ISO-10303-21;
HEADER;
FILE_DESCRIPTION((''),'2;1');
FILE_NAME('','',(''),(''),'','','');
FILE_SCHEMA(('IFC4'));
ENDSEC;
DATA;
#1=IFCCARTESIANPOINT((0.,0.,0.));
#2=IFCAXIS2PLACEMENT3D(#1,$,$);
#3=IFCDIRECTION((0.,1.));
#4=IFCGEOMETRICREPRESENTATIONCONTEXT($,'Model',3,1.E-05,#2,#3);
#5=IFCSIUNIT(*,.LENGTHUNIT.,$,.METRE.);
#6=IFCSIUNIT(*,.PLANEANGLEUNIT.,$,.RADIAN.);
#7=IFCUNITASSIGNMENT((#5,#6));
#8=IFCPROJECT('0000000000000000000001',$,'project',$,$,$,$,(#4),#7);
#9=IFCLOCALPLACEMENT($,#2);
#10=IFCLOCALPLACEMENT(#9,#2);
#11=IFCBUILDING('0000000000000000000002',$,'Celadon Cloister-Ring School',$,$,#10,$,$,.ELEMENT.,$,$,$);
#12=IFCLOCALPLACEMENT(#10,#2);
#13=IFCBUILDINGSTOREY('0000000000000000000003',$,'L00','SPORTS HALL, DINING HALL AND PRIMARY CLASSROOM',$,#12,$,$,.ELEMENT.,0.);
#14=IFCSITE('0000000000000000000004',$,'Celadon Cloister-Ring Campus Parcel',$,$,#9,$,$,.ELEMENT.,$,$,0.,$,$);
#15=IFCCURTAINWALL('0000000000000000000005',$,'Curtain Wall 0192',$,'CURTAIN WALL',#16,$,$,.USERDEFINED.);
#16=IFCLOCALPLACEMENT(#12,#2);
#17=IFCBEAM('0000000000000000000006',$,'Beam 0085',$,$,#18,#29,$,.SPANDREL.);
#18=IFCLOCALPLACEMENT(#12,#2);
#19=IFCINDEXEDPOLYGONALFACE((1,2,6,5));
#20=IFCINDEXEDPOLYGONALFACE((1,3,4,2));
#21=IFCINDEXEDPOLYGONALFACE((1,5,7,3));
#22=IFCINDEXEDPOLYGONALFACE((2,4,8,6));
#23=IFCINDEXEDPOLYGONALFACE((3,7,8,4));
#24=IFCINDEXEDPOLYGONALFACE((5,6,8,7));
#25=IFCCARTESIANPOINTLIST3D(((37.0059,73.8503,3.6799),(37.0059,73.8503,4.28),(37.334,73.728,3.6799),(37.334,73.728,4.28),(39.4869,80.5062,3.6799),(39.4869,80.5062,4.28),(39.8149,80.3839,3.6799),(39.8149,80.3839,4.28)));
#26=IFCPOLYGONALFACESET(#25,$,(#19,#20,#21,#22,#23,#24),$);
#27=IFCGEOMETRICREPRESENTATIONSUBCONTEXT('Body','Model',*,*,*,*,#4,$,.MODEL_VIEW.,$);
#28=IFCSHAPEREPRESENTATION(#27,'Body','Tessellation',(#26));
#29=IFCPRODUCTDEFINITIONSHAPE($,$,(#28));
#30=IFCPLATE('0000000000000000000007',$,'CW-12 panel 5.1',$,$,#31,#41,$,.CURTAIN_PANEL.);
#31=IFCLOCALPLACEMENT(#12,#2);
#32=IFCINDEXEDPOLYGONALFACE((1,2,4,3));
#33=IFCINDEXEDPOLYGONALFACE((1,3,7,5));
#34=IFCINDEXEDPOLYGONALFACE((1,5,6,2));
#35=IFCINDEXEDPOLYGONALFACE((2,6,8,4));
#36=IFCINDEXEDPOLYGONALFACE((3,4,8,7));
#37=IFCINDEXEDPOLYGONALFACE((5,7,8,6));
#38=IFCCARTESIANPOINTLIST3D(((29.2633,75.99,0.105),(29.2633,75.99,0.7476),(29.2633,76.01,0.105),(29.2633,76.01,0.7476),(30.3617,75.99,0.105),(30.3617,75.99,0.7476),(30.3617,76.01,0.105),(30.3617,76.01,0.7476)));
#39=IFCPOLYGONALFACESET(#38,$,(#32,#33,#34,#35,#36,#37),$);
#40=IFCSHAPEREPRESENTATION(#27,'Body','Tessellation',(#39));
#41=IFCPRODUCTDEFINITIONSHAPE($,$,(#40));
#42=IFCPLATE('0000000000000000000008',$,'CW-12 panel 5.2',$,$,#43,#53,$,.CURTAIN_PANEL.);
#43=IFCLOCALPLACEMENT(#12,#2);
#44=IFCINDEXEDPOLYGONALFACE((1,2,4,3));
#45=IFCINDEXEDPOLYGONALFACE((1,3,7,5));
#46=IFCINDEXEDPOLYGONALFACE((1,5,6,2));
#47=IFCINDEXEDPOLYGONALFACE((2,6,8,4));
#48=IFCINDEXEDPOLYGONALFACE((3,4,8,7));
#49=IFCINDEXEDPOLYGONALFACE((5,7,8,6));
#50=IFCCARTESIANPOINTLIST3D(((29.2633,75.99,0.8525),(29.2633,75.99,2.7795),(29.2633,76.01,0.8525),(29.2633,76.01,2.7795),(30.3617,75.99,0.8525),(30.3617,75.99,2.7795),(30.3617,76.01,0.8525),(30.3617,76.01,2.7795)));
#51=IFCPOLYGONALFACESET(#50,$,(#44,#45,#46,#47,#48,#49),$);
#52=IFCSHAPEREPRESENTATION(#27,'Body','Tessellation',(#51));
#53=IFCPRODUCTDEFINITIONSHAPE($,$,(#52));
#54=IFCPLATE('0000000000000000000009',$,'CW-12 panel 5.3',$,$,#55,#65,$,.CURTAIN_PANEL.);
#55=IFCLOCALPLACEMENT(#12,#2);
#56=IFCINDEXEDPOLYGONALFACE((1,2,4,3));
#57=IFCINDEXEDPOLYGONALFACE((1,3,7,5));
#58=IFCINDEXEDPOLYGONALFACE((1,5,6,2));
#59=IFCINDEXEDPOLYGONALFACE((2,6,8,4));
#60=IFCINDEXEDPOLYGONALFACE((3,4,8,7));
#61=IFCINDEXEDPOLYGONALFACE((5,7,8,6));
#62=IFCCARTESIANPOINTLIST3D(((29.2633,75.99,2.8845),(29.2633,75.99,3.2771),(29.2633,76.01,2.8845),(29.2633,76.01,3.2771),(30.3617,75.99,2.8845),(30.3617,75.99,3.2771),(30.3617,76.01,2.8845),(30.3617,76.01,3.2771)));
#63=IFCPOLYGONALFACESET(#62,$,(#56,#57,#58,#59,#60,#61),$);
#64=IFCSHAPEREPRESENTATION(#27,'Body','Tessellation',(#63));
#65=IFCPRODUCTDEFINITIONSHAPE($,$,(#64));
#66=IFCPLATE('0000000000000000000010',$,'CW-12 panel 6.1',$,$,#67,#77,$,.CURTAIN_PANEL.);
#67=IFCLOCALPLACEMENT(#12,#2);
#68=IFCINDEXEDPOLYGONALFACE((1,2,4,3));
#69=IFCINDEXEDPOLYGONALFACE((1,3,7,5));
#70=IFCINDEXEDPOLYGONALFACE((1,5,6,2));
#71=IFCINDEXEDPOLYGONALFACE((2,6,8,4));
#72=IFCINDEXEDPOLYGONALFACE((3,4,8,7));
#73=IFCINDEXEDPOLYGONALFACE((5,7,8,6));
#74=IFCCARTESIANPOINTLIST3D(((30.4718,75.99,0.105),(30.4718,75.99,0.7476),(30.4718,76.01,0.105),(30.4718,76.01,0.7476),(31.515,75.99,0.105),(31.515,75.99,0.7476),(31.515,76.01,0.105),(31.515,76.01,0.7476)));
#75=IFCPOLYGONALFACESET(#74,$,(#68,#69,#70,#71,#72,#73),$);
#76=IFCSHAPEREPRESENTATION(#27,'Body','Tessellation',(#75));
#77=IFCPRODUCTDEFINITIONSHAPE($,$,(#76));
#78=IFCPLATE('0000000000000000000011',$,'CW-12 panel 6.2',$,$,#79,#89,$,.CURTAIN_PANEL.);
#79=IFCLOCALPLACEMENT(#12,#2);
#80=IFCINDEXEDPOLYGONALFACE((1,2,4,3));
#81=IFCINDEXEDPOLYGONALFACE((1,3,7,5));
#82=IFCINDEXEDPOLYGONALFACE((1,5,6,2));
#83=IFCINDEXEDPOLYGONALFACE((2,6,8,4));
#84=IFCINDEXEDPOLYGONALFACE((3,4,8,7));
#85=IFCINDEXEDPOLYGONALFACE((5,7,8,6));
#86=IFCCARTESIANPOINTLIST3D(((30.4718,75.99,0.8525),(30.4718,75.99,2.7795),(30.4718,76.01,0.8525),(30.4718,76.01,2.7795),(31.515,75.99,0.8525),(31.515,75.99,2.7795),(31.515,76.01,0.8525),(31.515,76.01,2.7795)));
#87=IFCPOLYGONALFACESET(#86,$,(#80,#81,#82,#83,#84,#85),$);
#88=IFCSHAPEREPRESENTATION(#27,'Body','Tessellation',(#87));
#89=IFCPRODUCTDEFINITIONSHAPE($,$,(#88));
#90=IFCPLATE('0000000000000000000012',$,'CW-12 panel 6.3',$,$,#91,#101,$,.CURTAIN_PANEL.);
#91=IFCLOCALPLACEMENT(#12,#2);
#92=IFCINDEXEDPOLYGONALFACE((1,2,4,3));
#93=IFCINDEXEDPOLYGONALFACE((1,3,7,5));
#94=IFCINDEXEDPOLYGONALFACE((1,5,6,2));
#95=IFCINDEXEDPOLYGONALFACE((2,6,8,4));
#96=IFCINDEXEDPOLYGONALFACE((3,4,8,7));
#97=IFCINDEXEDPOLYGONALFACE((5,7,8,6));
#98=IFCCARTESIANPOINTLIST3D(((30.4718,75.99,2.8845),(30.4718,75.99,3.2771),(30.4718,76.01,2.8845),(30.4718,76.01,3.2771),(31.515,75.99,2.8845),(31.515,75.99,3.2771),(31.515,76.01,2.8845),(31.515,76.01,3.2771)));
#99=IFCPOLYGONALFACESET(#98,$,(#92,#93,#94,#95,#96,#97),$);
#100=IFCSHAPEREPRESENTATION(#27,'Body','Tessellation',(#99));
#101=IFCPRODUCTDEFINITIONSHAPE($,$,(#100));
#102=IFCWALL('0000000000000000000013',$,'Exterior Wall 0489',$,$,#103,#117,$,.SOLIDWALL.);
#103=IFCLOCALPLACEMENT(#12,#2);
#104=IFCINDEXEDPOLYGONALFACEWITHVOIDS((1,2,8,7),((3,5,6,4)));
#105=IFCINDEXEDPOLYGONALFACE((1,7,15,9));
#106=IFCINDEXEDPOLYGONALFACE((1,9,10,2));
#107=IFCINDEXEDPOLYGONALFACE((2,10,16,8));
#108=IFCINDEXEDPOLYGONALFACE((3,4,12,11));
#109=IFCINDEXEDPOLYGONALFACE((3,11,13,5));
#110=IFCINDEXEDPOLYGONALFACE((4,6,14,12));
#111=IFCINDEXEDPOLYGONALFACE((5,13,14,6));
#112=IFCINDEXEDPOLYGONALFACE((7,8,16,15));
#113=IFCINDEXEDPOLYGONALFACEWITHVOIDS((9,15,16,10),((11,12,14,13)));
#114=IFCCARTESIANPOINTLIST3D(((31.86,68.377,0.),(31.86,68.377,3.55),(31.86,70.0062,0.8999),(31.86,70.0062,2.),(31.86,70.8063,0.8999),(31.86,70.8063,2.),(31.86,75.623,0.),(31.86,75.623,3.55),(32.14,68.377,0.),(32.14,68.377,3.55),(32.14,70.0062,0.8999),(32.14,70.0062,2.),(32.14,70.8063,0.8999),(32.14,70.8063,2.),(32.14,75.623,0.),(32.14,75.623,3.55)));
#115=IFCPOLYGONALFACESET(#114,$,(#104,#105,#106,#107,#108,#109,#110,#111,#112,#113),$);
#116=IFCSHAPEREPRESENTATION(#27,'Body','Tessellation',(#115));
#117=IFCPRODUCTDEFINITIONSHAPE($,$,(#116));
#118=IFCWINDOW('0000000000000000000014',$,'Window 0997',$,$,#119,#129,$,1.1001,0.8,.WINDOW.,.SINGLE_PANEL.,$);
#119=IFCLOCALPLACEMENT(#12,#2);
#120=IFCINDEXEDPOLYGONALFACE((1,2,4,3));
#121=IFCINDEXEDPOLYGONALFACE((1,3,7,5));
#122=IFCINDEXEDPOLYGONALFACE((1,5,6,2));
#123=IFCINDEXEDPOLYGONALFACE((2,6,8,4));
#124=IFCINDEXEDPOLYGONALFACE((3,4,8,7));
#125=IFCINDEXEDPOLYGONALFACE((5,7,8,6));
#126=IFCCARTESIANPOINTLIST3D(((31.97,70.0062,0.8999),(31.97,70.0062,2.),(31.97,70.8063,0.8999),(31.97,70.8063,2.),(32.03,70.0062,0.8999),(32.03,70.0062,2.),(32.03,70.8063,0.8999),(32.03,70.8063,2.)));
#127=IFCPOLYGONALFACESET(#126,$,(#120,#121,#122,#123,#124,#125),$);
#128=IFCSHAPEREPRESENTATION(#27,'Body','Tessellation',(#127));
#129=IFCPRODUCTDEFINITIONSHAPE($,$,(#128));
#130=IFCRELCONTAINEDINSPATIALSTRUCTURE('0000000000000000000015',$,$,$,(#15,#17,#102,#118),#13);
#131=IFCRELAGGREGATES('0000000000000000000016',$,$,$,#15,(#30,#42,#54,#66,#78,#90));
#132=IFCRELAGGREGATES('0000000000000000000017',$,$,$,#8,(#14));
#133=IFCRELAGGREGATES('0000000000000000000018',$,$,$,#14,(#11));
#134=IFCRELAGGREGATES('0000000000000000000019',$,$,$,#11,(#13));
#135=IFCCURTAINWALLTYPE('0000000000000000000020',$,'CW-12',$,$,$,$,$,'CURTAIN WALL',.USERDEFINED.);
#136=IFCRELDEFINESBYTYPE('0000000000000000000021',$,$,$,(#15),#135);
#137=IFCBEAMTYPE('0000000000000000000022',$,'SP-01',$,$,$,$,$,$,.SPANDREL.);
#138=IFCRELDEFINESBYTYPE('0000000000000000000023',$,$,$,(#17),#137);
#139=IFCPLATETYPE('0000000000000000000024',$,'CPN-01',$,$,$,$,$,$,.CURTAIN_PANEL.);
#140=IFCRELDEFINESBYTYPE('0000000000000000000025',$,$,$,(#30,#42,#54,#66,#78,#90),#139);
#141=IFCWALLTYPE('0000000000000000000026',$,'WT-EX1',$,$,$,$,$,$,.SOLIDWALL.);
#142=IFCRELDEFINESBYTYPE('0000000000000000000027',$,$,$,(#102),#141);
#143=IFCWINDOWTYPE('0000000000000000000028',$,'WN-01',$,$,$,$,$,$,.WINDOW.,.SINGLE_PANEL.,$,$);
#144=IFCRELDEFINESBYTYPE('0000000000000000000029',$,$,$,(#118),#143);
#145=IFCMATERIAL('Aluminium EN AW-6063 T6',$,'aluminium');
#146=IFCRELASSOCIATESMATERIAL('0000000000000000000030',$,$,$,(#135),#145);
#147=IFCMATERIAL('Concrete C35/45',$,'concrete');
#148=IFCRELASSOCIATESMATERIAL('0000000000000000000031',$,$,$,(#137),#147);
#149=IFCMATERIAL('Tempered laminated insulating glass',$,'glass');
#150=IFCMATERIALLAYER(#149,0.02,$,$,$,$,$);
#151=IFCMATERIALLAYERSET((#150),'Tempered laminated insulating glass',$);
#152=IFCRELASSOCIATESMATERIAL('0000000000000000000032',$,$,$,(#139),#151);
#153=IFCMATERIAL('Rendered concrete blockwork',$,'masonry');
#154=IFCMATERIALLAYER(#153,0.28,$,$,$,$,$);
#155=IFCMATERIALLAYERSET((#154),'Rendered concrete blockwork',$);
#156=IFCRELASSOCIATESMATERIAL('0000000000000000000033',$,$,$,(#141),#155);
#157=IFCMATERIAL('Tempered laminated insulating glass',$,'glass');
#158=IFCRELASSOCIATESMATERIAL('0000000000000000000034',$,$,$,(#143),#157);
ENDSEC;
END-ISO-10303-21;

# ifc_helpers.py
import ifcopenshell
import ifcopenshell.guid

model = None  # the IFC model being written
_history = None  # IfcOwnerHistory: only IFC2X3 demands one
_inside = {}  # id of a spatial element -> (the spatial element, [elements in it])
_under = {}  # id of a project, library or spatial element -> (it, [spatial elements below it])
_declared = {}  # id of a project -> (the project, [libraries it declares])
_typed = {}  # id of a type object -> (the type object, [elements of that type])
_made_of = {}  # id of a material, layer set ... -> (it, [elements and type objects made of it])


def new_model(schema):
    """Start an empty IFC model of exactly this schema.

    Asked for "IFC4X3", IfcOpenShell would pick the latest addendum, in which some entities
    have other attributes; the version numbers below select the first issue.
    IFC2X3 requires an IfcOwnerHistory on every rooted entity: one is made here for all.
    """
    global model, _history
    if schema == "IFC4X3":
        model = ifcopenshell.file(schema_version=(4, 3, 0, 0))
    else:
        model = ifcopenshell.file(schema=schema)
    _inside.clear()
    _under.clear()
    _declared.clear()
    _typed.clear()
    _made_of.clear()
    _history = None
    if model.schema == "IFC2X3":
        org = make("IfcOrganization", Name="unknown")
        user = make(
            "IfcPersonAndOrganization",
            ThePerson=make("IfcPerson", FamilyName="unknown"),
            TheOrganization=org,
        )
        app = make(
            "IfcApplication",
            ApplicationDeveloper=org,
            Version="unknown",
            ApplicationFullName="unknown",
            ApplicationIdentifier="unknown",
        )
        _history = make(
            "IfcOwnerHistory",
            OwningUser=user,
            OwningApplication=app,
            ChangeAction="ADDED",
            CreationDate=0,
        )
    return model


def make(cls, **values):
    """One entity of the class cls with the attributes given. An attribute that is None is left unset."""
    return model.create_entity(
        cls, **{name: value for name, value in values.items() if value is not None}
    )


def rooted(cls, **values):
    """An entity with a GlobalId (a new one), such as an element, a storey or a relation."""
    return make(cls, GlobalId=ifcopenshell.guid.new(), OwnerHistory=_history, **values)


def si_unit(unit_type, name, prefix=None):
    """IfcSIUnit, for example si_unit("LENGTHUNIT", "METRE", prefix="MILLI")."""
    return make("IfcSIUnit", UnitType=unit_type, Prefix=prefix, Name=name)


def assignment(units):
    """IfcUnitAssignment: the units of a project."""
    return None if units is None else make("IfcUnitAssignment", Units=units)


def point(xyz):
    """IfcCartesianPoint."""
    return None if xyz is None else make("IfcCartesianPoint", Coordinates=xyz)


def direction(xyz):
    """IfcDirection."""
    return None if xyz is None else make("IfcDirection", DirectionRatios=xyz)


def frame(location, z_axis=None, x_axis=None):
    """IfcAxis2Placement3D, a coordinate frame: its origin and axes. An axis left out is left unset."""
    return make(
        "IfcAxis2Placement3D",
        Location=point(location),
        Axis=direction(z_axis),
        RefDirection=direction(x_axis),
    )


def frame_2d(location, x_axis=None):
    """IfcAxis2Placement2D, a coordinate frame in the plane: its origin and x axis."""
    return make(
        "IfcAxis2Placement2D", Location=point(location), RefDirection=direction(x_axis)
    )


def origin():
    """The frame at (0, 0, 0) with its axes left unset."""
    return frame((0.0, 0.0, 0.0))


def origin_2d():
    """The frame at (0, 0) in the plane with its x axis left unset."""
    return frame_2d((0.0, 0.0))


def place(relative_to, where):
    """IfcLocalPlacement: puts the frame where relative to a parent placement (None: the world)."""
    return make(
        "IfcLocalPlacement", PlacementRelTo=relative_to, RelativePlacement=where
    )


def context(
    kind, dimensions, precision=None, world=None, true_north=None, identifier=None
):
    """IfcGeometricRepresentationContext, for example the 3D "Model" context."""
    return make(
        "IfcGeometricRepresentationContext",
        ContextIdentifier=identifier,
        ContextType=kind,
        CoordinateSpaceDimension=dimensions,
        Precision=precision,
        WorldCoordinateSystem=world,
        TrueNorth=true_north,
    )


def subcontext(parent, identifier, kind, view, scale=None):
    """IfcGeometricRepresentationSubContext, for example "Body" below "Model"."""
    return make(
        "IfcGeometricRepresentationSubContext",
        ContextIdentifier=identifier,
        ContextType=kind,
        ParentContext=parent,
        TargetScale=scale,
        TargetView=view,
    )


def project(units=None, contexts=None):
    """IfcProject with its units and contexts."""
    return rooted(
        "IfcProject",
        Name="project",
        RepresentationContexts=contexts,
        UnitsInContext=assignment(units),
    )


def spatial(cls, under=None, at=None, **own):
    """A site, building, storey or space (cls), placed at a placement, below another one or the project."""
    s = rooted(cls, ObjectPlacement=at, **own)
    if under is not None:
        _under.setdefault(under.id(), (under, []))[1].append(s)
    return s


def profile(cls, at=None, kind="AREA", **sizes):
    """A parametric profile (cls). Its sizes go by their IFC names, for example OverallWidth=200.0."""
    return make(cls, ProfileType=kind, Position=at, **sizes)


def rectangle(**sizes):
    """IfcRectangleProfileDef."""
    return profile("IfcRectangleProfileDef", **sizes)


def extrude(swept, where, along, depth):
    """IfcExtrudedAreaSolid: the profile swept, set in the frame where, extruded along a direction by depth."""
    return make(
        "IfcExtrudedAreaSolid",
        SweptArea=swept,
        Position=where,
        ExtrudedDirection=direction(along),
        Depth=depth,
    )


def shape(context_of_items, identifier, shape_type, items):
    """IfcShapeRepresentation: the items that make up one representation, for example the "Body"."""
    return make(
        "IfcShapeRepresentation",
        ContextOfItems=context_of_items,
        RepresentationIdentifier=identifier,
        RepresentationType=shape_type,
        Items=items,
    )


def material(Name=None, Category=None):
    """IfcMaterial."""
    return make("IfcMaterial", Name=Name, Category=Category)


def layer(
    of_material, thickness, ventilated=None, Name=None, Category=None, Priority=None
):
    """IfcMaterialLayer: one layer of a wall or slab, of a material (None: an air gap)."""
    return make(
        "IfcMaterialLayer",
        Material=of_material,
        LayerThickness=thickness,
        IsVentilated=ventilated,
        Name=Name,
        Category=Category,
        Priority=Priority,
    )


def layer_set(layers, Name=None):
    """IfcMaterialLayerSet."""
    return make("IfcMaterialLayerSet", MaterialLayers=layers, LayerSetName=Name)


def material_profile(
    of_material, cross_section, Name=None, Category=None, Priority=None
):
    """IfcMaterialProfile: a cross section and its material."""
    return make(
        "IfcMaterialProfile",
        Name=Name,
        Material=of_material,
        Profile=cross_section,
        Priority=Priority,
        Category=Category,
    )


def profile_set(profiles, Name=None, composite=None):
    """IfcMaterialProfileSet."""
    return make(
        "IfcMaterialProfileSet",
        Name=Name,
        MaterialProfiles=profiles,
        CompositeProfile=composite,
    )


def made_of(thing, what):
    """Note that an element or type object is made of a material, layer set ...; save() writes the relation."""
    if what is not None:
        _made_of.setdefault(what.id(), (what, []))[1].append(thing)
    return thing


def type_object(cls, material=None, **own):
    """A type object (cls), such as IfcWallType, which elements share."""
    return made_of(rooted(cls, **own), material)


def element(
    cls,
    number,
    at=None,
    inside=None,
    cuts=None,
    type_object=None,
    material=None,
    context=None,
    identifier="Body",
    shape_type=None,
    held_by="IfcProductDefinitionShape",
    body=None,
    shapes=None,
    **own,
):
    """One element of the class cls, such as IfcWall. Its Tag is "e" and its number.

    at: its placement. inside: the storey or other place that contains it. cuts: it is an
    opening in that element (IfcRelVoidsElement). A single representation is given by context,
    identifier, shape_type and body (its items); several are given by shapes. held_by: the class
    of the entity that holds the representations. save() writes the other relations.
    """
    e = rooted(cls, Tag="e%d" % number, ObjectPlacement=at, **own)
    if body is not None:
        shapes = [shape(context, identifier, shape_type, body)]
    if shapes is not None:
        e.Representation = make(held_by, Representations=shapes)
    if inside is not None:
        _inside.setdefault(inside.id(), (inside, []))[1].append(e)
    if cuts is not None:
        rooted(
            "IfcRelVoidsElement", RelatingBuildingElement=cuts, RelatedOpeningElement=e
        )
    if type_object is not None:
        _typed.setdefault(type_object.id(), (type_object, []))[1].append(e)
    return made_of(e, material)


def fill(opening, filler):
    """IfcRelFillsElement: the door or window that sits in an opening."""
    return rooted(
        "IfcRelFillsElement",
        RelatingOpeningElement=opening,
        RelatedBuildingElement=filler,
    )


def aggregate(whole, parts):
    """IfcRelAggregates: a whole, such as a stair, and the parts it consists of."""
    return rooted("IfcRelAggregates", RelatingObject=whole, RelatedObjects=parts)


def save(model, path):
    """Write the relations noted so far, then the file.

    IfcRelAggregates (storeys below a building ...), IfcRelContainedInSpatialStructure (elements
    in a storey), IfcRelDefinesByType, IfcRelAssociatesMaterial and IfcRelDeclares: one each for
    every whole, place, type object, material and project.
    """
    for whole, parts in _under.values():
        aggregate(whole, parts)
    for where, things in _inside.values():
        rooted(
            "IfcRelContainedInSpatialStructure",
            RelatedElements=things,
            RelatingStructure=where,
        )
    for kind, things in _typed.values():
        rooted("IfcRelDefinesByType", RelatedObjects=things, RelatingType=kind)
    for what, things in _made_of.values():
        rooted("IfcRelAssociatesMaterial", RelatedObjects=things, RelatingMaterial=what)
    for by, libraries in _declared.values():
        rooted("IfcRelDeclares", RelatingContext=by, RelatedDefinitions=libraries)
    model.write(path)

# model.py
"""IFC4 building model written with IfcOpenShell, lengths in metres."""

from ifc_helpers import new_model, si_unit, direction, frame, frame_2d, origin, origin_2d, place, context, subcontext, project, spatial, rectangle, extrude, material, layer, layer_set, material_profile, profile_set, type_object, element, fill, aggregate, save


model = new_model("IFC4")

# Units and contexts
model_context = context("Model", 3, precision=1e-05, world=origin(), true_north=direction((0.0, 1.0)))
body_context = subcontext(model_context, "Body", "Model", "MODEL_VIEW")
ifc_project = project(units=[si_unit("LENGTHUNIT", "METRE"), si_unit("PLANEANGLEUNIT", "RADIAN")], contexts=[model_context])

# Site, building, storey
site_placement = place(None, origin())
site = spatial("IfcSite", under=ifc_project, at=site_placement, Name="Celadon Cloister-Ring Campus Parcel", CompositionType="ELEMENT", RefElevation=0.0)
building_placement = place(site_placement, origin())
building = spatial("IfcBuilding", under=site, at=building_placement, Name="Celadon Cloister-Ring School", CompositionType="ELEMENT")
storey_placement = place(building_placement, origin())
storey = spatial("IfcBuildingStorey", under=building, at=storey_placement, Name="L00", Description="SPORTS HALL, DINING HALL AND PRIMARY CLASSROOM", CompositionType="ELEMENT", Elevation=0.0)

# Curtain wall
ifc_material_1 = material(Name="Aluminium EN AW-6063 T6", Category="aluminium")
curtain_wall_type = type_object("IfcCurtainWallType", Name="CW-12", ElementType="CURTAIN WALL", PredefinedType="USERDEFINED", material=ifc_material_1)
curtain_wall_placement = place(storey_placement, origin())
curtain_wall = element("IfcCurtainWall", 1, at=curtain_wall_placement, inside=storey, type_object=curtain_wall_type, Name="Curtain Wall 0192", ObjectType="CURTAIN WALL", PredefinedType="USERDEFINED")

# Beam
ifc_material_2 = material(Name="Concrete C35/45", Category="concrete")
ifc_material_profile_1 = material_profile(ifc_material_2, rectangle(XDim=0.3501, YDim=0.6001, at=origin_2d()), Name="RC350X600")
ifc_profile_set_1 = profile_set([ifc_material_profile_1], Name="Concrete C35/45")
beam_type_1 = type_object("IfcBeamType", Name="SP-01", PredefinedType="SPANDREL", material=ifc_profile_set_1)
beam_1_placement = place(storey_placement, frame((39.6509, 80.4451, 3.98), z_axis=(-0.349266, -0.937024, 0.0), x_axis=(0.937024, -0.349266, 0.0)))
element("IfcBeam", 2, at=beam_1_placement, inside=storey, type_object=beam_type_1, Name="Beam 0085", PredefinedType="SPANDREL", context=body_context, shape_type="SweptSolid", body=[
    extrude(rectangle(XDim=0.3501, YDim=0.6001, at=origin_2d()), origin(), (0.0, 0.0, 1.0), 7.1033),
])

# Plates
ifc_material_3 = material(Name="Tempered laminated insulating glass", Category="glass")
ifc_layer_1 = layer(ifc_material_3, 0.02)
ifc_layer_set_1 = layer_set([ifc_layer_1], Name="Tempered laminated insulating glass")
plate_type = type_object("IfcPlateType", Name="CPN-01", PredefinedType="CURTAIN_PANEL", material=ifc_layer_set_1)
plate_1_placement = place(storey_placement, frame((29.8125, 76.0, 0.105), z_axis=(0.0, 0.0, 1.0), x_axis=(1.0, 0.0, 0.0)))
plate_1 = element("IfcPlate", 3, at=plate_1_placement, type_object=plate_type, Name="CW-12 panel 5.1", PredefinedType="CURTAIN_PANEL", context=body_context, shape_type="SweptSolid", body=[
    extrude(rectangle(XDim=1.0984, YDim=0.02, at=origin_2d()), origin(), (0.0, 0.0, 1.0), 0.6426),
])
plate_2_placement = place(storey_placement, frame((29.8125, 76.0, 0.8525), z_axis=(0.0, 0.0, 1.0), x_axis=(1.0, 0.0, 0.0)))
plate_2 = element("IfcPlate", 4, at=plate_2_placement, type_object=plate_type, Name="CW-12 panel 5.2", PredefinedType="CURTAIN_PANEL", context=body_context, shape_type="SweptSolid", body=[
    extrude(rectangle(XDim=1.0984, YDim=0.02, at=origin_2d()), origin(), (0.0, 0.0, 1.0), 1.927),
])
plate_3_placement = place(storey_placement, frame((29.8125, 76.0, 2.8845), z_axis=(0.0, 0.0, 1.0), x_axis=(1.0, 0.0, 0.0)))
plate_3 = element("IfcPlate", 5, at=plate_3_placement, type_object=plate_type, Name="CW-12 panel 5.3", PredefinedType="CURTAIN_PANEL", context=body_context, shape_type="SweptSolid", body=[
    extrude(rectangle(XDim=1.0984, YDim=0.02, at=origin_2d()), origin(), (0.0, 0.0, 1.0), 0.3926),
])
plate_4_placement = place(storey_placement, frame((30.9934, 76.0, 0.105), z_axis=(0.0, 0.0, 1.0), x_axis=(1.0, 0.0, 0.0)))
plate_4 = element("IfcPlate", 6, at=plate_4_placement, type_object=plate_type, Name="CW-12 panel 6.1", PredefinedType="CURTAIN_PANEL", context=body_context, shape_type="SweptSolid", body=[
    extrude(rectangle(XDim=1.0432, YDim=0.02, at=origin_2d()), origin(), (0.0, 0.0, 1.0), 0.6426),
])
plate_5_placement = place(storey_placement, frame((30.9934, 76.0, 0.8525), z_axis=(0.0, 0.0, 1.0), x_axis=(1.0, 0.0, 0.0)))
plate_5 = element("IfcPlate", 7, at=plate_5_placement, type_object=plate_type, Name="CW-12 panel 6.2", PredefinedType="CURTAIN_PANEL", context=body_context, shape_type="SweptSolid", body=[
    extrude(rectangle(XDim=1.0432, YDim=0.02, at=origin_2d()), origin(), (0.0, 0.0, 1.0), 1.927),
])
plate_6_placement = place(storey_placement, frame((30.9934, 76.0, 2.8845), z_axis=(0.0, 0.0, 1.0), x_axis=(1.0, 0.0, 0.0)))
plate_6 = element("IfcPlate", 8, at=plate_6_placement, type_object=plate_type, Name="CW-12 panel 6.3", PredefinedType="CURTAIN_PANEL", context=body_context, shape_type="SweptSolid", body=[
    extrude(rectangle(XDim=1.0432, YDim=0.02, at=origin_2d()), origin(), (0.0, 0.0, 1.0), 0.3926),
])
aggregate(curtain_wall, [plate_1, plate_2, plate_3, plate_4, plate_5, plate_6])

# Wall, opening, window
ifc_material_4 = material(Name="Rendered concrete blockwork", Category="masonry")
ifc_layer_2 = layer(ifc_material_4, 0.28)
ifc_layer_set_2 = layer_set([ifc_layer_2], Name="Rendered concrete blockwork")
wall_type_1 = type_object("IfcWallType", Name="WT-EX1", PredefinedType="SOLIDWALL", material=ifc_layer_set_2)
wall_1_placement = place(storey_placement, frame((32.0, 75.623, 0.0), z_axis=(0.0, 0.0, 1.0), x_axis=(0.0, -1.0, 0.0)))
wall_1 = element("IfcWall", 9, at=wall_1_placement, inside=storey, type_object=wall_type_1, Name="Exterior Wall 0489", PredefinedType="SOLIDWALL", context=body_context, shape_type="SweptSolid", body=[
    extrude(rectangle(XDim=7.2461, YDim=0.28, at=frame_2d((3.623, 0.0))), origin(), (0.0, 0.0, 1.0), 3.55),
])
opening_1_placement = place(wall_1_placement, frame((4.8169, 0.0, 0.8999)))
opening_1 = element("IfcOpeningElement", 10, at=opening_1_placement, cuts=wall_1, PredefinedType="OPENING", context=body_context, shape_type="SweptSolid", body=[
    extrude(rectangle(XDim=0.8, YDim=1.1001, at=frame_2d((0.3999, 0.55))), frame((0.0, 0.1499, 0.0), z_axis=(0.0, -1.0, 0.0), x_axis=(1.0, 0.0, 0.0)), (0.0, 0.0, 1.0), 0.3),
])
ifc_material_5 = material(Name="Tempered laminated insulating glass", Category="glass")
window_type = type_object("IfcWindowType", Name="WN-01", PartitioningType="SINGLE_PANEL", PredefinedType="WINDOW", material=ifc_material_5)
window_1_placement = place(opening_1_placement, origin())
window_1 = element("IfcWindow", 11, at=window_1_placement, inside=storey, type_object=window_type, Name="Window 0997", OverallHeight=1.1001, OverallWidth=0.8, PartitioningType="SINGLE_PANEL", PredefinedType="WINDOW", context=body_context, shape_type="SweptSolid", body=[
    extrude(rectangle(XDim=0.8, YDim=1.1001, at=frame_2d((0.3999, 0.55))), frame((0.0, 0.03, 0.0), z_axis=(0.0, -1.0, 0.0), x_axis=(1.0, 0.0, 0.0)), (0.0, 0.0, 1.0), 0.0601),
])
fill(opening_1, window_1)

save(model, "model.ifc")
